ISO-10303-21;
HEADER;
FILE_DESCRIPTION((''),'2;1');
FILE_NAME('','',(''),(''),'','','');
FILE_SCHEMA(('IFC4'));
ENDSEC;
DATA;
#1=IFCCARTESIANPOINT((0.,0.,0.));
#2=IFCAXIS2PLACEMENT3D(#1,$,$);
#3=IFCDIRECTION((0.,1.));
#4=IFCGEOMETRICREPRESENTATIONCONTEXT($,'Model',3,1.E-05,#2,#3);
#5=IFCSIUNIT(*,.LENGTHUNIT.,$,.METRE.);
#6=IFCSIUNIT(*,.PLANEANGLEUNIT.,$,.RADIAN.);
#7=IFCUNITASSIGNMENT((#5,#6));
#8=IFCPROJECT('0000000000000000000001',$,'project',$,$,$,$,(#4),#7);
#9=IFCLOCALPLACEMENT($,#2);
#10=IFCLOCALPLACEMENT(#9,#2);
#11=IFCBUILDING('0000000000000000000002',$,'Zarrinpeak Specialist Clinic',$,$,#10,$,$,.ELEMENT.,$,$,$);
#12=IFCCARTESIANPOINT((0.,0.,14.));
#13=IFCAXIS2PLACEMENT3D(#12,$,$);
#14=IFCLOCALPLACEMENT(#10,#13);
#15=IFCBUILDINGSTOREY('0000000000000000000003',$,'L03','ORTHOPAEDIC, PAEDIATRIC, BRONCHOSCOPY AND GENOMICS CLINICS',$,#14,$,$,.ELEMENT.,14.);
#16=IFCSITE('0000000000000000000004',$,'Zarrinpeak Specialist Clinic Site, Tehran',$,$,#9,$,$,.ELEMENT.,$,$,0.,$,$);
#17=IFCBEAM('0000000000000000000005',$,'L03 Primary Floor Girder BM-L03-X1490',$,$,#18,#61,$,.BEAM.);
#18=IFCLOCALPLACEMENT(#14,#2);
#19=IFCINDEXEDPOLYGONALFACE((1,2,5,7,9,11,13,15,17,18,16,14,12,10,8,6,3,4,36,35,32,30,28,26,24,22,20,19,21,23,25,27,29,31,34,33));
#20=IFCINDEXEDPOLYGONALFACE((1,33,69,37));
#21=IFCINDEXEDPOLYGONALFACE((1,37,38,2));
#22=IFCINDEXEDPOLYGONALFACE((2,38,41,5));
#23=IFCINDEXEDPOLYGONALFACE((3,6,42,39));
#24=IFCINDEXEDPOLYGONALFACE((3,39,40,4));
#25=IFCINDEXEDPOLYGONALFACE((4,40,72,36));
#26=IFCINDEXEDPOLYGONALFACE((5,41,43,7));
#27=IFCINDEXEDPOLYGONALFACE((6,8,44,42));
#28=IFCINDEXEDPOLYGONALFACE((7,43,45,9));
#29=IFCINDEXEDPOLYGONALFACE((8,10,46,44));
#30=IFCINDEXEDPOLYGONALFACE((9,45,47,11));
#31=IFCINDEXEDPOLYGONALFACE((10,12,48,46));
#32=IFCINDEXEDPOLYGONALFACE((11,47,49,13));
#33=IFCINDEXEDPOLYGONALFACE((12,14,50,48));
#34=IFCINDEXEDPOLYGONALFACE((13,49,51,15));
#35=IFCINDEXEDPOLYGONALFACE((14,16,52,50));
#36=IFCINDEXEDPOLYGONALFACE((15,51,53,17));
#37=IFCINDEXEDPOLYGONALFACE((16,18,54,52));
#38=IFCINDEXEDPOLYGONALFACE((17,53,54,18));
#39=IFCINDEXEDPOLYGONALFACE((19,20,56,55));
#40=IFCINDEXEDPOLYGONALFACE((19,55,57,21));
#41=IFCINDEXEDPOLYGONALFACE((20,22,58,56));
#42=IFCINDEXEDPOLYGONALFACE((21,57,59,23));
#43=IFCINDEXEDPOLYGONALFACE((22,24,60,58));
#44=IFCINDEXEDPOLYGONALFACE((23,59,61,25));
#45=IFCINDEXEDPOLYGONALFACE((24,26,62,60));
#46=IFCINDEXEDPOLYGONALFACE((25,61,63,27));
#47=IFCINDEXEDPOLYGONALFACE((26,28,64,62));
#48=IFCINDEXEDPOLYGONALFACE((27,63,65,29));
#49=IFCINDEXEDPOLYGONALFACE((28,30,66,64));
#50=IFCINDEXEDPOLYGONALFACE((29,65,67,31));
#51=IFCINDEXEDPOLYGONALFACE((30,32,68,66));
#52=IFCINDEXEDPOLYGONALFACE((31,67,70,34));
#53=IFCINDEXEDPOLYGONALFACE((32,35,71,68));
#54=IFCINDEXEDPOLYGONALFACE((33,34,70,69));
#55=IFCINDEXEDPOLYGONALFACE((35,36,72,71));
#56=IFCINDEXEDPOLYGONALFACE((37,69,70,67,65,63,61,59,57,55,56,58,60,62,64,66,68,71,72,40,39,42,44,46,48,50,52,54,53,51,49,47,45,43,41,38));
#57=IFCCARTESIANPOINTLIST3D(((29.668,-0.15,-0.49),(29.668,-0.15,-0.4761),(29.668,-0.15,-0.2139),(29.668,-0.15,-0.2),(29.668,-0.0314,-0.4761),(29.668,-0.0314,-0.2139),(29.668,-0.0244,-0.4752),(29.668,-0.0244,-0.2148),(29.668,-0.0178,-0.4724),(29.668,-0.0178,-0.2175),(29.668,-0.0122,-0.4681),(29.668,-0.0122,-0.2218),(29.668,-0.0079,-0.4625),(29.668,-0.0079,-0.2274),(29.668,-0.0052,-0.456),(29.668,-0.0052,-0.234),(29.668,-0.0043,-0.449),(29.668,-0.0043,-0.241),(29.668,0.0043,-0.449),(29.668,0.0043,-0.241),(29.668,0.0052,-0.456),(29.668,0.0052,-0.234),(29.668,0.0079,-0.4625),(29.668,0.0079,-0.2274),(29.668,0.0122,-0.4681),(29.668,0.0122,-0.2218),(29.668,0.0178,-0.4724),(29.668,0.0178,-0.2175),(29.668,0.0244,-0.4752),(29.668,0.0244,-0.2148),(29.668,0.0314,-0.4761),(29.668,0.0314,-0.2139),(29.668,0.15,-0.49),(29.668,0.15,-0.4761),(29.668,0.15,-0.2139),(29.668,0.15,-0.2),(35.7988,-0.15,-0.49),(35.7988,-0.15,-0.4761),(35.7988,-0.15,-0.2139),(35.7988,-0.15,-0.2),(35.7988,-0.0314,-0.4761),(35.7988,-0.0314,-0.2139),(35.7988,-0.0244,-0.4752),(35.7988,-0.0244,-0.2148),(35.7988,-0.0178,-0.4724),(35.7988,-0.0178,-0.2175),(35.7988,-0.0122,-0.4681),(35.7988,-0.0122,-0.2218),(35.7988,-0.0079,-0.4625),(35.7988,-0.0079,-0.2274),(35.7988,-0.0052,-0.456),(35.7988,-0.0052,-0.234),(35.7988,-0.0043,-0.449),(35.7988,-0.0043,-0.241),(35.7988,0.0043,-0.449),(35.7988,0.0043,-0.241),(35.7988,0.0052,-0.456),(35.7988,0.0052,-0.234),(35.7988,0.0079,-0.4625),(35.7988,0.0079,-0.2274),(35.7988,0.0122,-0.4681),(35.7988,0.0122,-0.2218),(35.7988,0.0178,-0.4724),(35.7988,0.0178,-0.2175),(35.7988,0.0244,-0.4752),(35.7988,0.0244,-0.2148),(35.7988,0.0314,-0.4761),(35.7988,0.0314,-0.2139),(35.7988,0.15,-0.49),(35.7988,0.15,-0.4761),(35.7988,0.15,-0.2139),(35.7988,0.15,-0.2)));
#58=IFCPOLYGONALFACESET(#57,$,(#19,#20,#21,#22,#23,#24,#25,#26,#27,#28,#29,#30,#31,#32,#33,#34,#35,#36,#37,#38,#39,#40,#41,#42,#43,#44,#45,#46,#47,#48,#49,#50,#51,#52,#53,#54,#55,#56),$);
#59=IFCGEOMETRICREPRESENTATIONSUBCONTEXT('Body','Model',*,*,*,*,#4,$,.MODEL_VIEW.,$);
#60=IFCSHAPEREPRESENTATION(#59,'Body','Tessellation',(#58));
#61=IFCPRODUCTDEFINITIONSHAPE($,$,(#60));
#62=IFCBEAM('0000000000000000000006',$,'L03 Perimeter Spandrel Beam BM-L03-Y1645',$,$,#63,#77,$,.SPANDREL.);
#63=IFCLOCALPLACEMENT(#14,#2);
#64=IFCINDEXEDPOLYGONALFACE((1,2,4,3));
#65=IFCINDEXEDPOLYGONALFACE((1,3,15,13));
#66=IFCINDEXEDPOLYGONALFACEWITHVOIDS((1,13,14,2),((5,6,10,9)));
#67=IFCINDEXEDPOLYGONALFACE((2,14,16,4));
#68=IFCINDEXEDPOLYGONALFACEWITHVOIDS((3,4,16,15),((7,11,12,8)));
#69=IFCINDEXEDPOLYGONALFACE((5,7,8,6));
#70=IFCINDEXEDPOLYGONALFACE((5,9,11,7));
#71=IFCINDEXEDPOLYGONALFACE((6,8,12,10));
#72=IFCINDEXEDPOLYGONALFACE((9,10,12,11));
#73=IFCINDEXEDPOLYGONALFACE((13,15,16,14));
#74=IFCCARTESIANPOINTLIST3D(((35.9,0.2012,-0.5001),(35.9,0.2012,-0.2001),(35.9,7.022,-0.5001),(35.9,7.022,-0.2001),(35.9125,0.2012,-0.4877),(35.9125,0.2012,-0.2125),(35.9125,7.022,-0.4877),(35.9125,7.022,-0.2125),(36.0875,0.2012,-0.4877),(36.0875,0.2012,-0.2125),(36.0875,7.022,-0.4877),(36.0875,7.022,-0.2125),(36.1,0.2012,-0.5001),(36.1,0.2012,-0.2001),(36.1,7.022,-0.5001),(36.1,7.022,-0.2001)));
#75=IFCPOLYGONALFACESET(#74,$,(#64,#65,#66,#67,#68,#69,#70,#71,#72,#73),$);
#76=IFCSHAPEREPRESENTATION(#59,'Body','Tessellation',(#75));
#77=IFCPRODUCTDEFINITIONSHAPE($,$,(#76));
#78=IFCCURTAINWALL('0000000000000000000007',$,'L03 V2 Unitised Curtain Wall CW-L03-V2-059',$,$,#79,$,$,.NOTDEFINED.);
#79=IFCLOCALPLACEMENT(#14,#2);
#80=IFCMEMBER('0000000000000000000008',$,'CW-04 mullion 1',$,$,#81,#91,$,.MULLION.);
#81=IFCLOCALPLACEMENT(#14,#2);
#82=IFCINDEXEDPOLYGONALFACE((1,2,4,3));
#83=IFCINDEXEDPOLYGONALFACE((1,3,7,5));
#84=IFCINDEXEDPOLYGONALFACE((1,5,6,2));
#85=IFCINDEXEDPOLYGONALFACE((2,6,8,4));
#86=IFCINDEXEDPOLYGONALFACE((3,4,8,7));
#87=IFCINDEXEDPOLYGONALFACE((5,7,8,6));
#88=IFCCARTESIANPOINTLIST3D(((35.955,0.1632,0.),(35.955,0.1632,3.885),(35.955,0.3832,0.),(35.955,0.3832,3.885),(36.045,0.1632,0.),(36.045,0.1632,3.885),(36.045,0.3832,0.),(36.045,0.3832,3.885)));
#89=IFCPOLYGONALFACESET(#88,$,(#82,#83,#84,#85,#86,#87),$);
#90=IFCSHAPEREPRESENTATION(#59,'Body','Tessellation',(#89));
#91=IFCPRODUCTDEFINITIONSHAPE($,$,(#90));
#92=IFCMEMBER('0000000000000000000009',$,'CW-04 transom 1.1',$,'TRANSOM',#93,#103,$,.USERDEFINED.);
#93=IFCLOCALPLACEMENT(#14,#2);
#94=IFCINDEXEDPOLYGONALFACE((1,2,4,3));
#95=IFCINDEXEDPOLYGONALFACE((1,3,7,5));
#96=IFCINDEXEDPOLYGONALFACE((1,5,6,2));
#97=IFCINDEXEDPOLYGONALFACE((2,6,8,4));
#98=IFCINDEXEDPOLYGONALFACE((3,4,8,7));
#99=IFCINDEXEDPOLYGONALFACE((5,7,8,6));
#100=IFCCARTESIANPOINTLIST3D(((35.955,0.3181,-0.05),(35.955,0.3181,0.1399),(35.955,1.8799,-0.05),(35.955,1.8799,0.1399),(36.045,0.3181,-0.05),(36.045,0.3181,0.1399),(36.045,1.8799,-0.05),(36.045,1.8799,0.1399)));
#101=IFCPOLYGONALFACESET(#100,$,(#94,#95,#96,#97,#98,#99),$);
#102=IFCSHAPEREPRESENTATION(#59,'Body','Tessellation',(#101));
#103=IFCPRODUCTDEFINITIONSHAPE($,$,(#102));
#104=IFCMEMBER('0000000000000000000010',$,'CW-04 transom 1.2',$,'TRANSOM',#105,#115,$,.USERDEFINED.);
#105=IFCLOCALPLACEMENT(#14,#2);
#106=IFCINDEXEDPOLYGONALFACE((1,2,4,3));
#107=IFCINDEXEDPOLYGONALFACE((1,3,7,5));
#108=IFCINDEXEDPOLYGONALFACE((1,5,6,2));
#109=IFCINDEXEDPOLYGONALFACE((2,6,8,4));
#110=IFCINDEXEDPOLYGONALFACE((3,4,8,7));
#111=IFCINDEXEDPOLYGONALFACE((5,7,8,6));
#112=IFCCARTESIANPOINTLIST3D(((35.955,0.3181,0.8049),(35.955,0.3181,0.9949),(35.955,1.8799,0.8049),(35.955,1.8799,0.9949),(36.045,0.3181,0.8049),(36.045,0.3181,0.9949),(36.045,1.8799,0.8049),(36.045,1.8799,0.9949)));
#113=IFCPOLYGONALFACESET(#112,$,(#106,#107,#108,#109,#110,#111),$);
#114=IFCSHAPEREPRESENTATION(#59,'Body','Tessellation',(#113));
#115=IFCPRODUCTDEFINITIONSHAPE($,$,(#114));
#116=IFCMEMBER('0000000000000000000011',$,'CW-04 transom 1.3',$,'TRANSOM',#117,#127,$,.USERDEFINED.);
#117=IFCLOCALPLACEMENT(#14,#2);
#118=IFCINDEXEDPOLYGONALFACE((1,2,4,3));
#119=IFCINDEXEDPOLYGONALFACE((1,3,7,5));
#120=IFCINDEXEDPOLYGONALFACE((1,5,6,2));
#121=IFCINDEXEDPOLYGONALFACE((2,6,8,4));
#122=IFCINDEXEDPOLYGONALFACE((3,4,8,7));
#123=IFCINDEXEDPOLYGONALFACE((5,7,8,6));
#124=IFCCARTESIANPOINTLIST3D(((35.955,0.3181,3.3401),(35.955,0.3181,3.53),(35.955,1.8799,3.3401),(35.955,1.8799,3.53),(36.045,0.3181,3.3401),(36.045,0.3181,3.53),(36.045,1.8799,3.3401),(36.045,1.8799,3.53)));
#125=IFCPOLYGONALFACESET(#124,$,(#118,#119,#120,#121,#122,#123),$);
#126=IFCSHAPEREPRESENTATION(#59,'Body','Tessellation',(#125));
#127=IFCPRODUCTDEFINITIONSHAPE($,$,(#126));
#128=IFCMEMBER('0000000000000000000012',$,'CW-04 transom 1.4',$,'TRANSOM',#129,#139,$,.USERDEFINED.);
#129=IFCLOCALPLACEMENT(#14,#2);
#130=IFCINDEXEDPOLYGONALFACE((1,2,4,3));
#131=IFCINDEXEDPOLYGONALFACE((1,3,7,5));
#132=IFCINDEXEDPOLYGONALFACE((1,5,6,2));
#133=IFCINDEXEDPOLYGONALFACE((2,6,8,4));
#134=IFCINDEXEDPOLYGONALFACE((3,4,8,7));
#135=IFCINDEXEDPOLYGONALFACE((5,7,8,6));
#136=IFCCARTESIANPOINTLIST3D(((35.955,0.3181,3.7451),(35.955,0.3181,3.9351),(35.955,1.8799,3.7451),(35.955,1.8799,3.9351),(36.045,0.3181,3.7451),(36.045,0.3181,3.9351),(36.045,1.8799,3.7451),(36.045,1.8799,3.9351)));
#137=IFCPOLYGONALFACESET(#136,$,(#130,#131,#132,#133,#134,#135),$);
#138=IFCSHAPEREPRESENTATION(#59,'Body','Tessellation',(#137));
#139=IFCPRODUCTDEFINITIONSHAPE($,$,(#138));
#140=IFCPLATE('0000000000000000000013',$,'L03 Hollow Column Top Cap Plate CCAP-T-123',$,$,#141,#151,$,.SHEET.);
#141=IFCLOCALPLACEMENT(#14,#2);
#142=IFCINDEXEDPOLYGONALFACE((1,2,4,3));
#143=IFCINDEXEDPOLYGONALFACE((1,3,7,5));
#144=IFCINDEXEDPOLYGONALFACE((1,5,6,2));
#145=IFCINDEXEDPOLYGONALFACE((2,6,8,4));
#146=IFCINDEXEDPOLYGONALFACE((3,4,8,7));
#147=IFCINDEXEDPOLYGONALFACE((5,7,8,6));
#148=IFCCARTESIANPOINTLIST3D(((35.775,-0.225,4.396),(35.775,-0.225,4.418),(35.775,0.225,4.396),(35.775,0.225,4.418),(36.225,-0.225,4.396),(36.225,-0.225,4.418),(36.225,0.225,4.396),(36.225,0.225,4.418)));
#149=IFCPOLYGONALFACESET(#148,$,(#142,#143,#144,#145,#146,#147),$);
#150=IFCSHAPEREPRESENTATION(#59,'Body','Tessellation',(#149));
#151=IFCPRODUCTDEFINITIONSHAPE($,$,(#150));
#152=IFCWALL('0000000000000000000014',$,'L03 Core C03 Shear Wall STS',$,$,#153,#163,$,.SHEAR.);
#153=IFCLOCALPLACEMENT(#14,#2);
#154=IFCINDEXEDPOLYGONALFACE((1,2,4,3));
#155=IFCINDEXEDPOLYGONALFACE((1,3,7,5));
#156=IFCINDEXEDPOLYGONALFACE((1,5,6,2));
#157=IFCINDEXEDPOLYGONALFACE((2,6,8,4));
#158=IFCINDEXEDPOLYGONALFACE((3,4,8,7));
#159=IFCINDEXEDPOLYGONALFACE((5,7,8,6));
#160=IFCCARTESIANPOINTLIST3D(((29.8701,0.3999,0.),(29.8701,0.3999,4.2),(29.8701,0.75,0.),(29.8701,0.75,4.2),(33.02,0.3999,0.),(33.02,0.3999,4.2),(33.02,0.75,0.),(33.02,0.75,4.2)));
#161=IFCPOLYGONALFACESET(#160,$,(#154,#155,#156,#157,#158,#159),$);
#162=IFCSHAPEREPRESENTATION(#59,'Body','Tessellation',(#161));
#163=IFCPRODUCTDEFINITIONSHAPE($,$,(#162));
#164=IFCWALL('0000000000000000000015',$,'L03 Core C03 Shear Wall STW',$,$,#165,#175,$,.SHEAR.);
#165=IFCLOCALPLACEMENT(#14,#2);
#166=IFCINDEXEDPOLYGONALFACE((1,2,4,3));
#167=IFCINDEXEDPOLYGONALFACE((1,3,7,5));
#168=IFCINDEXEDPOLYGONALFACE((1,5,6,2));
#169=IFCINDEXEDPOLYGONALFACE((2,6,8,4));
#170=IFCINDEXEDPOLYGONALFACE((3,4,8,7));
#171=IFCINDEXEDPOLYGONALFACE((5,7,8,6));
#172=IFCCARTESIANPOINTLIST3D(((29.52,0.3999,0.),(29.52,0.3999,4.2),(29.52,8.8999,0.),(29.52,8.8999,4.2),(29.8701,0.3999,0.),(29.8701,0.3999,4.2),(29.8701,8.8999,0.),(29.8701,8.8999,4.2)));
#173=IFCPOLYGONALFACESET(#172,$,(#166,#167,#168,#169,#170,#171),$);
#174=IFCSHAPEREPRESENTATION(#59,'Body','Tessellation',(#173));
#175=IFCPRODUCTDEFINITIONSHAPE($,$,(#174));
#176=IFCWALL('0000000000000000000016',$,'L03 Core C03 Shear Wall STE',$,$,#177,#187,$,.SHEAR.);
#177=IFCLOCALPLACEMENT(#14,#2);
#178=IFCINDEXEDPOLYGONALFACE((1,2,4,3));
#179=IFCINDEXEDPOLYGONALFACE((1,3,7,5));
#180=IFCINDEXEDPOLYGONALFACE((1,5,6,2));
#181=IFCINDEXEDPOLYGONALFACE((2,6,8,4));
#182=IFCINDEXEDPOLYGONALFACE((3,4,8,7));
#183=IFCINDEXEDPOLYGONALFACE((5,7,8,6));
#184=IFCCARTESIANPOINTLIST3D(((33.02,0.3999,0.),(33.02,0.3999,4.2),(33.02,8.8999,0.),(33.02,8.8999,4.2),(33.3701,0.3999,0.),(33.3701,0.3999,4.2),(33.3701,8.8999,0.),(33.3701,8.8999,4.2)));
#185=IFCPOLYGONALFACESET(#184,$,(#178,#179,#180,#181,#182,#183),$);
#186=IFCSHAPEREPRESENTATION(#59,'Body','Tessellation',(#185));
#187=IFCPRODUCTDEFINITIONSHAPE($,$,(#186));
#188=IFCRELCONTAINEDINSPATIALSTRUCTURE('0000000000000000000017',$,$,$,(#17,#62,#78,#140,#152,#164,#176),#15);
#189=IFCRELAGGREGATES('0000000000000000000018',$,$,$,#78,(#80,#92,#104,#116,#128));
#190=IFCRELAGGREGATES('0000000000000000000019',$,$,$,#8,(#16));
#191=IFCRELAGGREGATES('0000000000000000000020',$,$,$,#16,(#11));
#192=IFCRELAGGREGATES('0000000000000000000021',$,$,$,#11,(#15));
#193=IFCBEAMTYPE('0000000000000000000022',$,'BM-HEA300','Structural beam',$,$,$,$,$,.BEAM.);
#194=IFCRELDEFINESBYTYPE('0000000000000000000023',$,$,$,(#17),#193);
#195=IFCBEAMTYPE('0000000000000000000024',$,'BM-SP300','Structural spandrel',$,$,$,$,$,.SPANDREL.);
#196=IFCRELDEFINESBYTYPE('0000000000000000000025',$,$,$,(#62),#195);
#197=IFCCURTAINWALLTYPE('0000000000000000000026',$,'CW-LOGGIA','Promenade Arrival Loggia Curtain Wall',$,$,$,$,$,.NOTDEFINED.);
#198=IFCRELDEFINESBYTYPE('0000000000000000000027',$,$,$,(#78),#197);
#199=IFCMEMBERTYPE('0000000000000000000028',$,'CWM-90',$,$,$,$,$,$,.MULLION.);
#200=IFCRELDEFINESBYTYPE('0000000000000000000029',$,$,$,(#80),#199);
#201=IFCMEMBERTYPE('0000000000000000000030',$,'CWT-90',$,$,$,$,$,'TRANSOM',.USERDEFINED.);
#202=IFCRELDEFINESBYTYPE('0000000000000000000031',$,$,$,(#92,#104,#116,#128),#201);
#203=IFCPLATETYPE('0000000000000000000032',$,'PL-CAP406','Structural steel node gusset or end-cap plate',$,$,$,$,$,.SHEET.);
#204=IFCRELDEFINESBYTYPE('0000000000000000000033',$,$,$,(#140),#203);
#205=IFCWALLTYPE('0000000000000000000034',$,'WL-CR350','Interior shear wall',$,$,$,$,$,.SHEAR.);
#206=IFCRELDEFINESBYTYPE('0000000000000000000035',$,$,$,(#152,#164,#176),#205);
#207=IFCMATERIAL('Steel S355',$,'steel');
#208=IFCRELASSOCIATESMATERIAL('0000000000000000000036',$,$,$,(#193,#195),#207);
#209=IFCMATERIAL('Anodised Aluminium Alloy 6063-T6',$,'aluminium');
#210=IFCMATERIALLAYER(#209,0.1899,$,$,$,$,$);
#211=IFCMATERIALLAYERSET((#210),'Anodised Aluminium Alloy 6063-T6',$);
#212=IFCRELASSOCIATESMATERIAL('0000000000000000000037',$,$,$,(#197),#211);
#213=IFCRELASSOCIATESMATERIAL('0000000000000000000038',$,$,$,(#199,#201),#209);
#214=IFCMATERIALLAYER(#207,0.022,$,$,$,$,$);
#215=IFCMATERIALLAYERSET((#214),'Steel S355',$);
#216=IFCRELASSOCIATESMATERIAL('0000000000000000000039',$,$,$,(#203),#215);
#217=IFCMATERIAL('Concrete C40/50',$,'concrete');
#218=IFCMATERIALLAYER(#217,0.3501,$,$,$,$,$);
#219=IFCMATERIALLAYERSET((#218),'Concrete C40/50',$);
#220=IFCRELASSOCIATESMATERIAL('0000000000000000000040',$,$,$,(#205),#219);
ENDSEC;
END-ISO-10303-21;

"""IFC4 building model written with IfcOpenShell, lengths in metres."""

from ifc_helpers import new_model, si_unit, direction, frame, frame_2d, origin, origin_2d, place, context, subcontext, project, spatial, rectangle, hollow_rectangle, i_section, extrude, material, layer, layer_set, material_profile, profile_set, type_object, element, aggregate, save


model = new_model("IFC4")

# Units and contexts
model_context = context("Model", 3, precision=1e-05, world=origin(), true_north=direction((0.0, 1.0)))
body_context = subcontext(model_context, "Body", "Model", "MODEL_VIEW")
ifc_project = project(units=[si_unit("LENGTHUNIT", "METRE"), si_unit("PLANEANGLEUNIT", "RADIAN")], contexts=[model_context])

# Site, building, storey
site_placement = place(None, origin())
site = spatial("IfcSite", under=ifc_project, at=site_placement, Name="Zarrinpeak Specialist Clinic Site, Tehran", CompositionType="ELEMENT", RefElevation=0.0)
building_placement = place(site_placement, origin())
building = spatial("IfcBuilding", under=site, at=building_placement, Name="Zarrinpeak Specialist Clinic", CompositionType="ELEMENT")
storey_placement = place(building_placement, frame((0.0, 0.0, 14.0)))
storey = spatial("IfcBuildingStorey", under=building, at=storey_placement, Name="L03", Description="ORTHOPAEDIC, PAEDIATRIC, BRONCHOSCOPY AND GENOMICS CLINICS", CompositionType="ELEMENT", Elevation=14.0)

# Shared definitions
ifc_material_1 = material(Name="Steel S355", Category="steel")

# Beams
ifc_material_profile_1 = material_profile(ifc_material_1, i_section(OverallWidth=0.3, OverallDepth=0.29, WebThickness=0.0085, FlangeThickness=0.0139, FilletRadius=0.0271, at=origin_2d()), Name="HEA 300")
ifc_profile_set_1 = profile_set([ifc_material_profile_1], Name="Steel S355")
beam_type_1 = type_object("IfcBeamType", Name="BM-HEA300", Description="Structural beam", PredefinedType="BEAM", material=ifc_profile_set_1)
beam_1_placement = place(storey_placement, frame((29.668, 0.0, -0.345), z_axis=(1.0, 0.0, 0.0), x_axis=(0.0, 1.0, 0.0)))
element("IfcBeam", 1, at=beam_1_placement, inside=storey, type_object=beam_type_1, Name="L03 Primary Floor Girder BM-L03-X1490", PredefinedType="BEAM", context=body_context, shape_type="SweptSolid", body=[
    extrude(i_section(OverallWidth=0.3, OverallDepth=0.29, WebThickness=0.0085, FlangeThickness=0.0139, FilletRadius=0.0271, at=origin_2d()), origin(), (0.0, 0.0, 1.0), 6.1309),
])
ifc_material_profile_2 = material_profile(ifc_material_1, hollow_rectangle(XDim=0.2, YDim=0.3, WallThickness=0.0125, at=origin_2d()), Name="RHS 300x200x12.5")
ifc_profile_set_2 = profile_set([ifc_material_profile_2], Name="Steel S355")
beam_type_2 = type_object("IfcBeamType", Name="BM-SP300", Description="Structural spandrel", PredefinedType="SPANDREL", material=ifc_profile_set_2)
beam_2_placement = place(storey_placement, frame((36.0, 0.2012, -0.3501), z_axis=(0.0, 1.0, 0.0), x_axis=(-1.0, 0.0, 0.0)))
element("IfcBeam", 2, at=beam_2_placement, inside=storey, type_object=beam_type_2, Name="L03 Perimeter Spandrel Beam BM-L03-Y1645", PredefinedType="SPANDREL", context=body_context, shape_type="SweptSolid", body=[
    extrude(hollow_rectangle(XDim=0.2, YDim=0.3, WallThickness=0.0125, at=origin_2d()), origin(), (0.0, 0.0, 1.0), 6.8208),
])

# Curtain wall, members
ifc_material_2 = material(Name="Anodised Aluminium Alloy 6063-T6", Category="aluminium")
ifc_layer_1 = layer(ifc_material_2, 0.1899)
ifc_layer_set_1 = layer_set([ifc_layer_1], Name="Anodised Aluminium Alloy 6063-T6")
curtain_wall_type = type_object("IfcCurtainWallType", Name="CW-LOGGIA", Description="Promenade Arrival Loggia Curtain Wall", PredefinedType="NOTDEFINED", material=ifc_layer_set_1)
curtain_wall_placement = place(storey_placement, origin())
curtain_wall = element("IfcCurtainWall", 3, at=curtain_wall_placement, inside=storey, type_object=curtain_wall_type, Name="L03 V2 Unitised Curtain Wall CW-L03-V2-059", PredefinedType="NOTDEFINED")
ifc_material_profile_3 = material_profile(ifc_material_2, rectangle(XDim=0.0901, YDim=0.22, at=origin_2d()), Name="ALU 90x220")
ifc_profile_set_3 = profile_set([ifc_material_profile_3], Name="Anodised Aluminium Alloy 6063-T6")
member_type_1 = type_object("IfcMemberType", Name="CWM-90", PredefinedType="MULLION", material=ifc_profile_set_3)
member_1_placement = place(storey_placement, frame((36.0, 0.2732, 0.0), z_axis=(0.0, 0.0, 1.0), x_axis=(-1.0, 0.0, 0.0)))
member_1 = element("IfcMember", 4, at=member_1_placement, type_object=member_type_1, Name="CW-04 mullion 1", PredefinedType="MULLION", context=body_context, shape_type="SweptSolid", body=[
    extrude(rectangle(XDim=0.0901, YDim=0.22, at=origin_2d()), origin(), (0.0, 0.0, 1.0), 3.885),
])
ifc_material_profile_4 = material_profile(ifc_material_2, rectangle(XDim=0.0901, YDim=0.1899, at=origin_2d()), Name="ALU 90x190")
ifc_profile_set_4 = profile_set([ifc_material_profile_4], Name="Anodised Aluminium Alloy 6063-T6")
member_type_2 = type_object("IfcMemberType", Name="CWT-90", ElementType="TRANSOM", PredefinedType="USERDEFINED", material=ifc_profile_set_4)
member_2_placement = place(storey_placement, frame((36.0, 0.3181, 0.0449), z_axis=(0.0, 1.0, 0.0), x_axis=(-1.0, 0.0, 0.0)))
member_2 = element("IfcMember", 5, at=member_2_placement, type_object=member_type_2, Name="CW-04 transom 1.1", ObjectType="TRANSOM", PredefinedType="USERDEFINED", context=body_context, shape_type="SweptSolid", body=[
    extrude(rectangle(XDim=0.0901, YDim=0.1899, at=origin_2d()), origin(), (0.0, 0.0, 1.0), 1.5618),
])
member_3_placement = place(storey_placement, frame((36.0, 0.3181, 0.8999), z_axis=(0.0, 1.0, 0.0), x_axis=(-1.0, 0.0, 0.0)))
member_3 = element("IfcMember", 6, at=member_3_placement, type_object=member_type_2, Name="CW-04 transom 1.2", ObjectType="TRANSOM", PredefinedType="USERDEFINED", context=body_context, shape_type="SweptSolid", body=[
    extrude(rectangle(XDim=0.0901, YDim=0.1899, at=origin_2d()), origin(), (0.0, 0.0, 1.0), 1.5618),
])
member_4_placement = place(storey_placement, frame((36.0, 0.3181, 3.4351), z_axis=(0.0, 1.0, 0.0), x_axis=(-1.0, 0.0, 0.0)))
member_4 = element("IfcMember", 7, at=member_4_placement, type_object=member_type_2, Name="CW-04 transom 1.3", ObjectType="TRANSOM", PredefinedType="USERDEFINED", context=body_context, shape_type="SweptSolid", body=[
    extrude(rectangle(XDim=0.0901, YDim=0.1899, at=origin_2d()), origin(), (0.0, 0.0, 1.0), 1.5618),
])
member_5_placement = place(storey_placement, frame((36.0, 0.3181, 3.8401), z_axis=(0.0, 1.0, 0.0), x_axis=(-1.0, 0.0, 0.0)))
member_5 = element("IfcMember", 8, at=member_5_placement, type_object=member_type_2, Name="CW-04 transom 1.4", ObjectType="TRANSOM", PredefinedType="USERDEFINED", context=body_context, shape_type="SweptSolid", body=[
    extrude(rectangle(XDim=0.0901, YDim=0.1899, at=origin_2d()), origin(), (0.0, 0.0, 1.0), 1.5618),
])
aggregate(curtain_wall, [member_1, member_2, member_3, member_4, member_5])

# Plate
ifc_layer_2 = layer(ifc_material_1, 0.022)
ifc_layer_set_2 = layer_set([ifc_layer_2], Name="Steel S355")
plate_type = type_object("IfcPlateType", Name="PL-CAP406", Description="Structural steel node gusset or end-cap plate", PredefinedType="SHEET", material=ifc_layer_set_2)
plate_placement = place(storey_placement, frame((36.0, 0.0, 4.396), z_axis=(0.0, 0.0, 1.0), x_axis=(1.0, 0.0, 0.0)))
element("IfcPlate", 9, at=plate_placement, inside=storey, type_object=plate_type, Name="L03 Hollow Column Top Cap Plate CCAP-T-123", PredefinedType="SHEET", context=body_context, shape_type="SweptSolid", body=[
    extrude(rectangle(XDim=0.45, YDim=0.45, at=origin_2d()), origin(), (0.0, 0.0, 1.0), 0.022),
])

# Walls
ifc_material_3 = material(Name="Concrete C40/50", Category="concrete")
ifc_layer_3 = layer(ifc_material_3, 0.3501)
ifc_layer_set_3 = layer_set([ifc_layer_3], Name="Concrete C40/50")
wall_type_1 = type_object("IfcWallType", Name="WL-CR350", Description="Interior shear wall", PredefinedType="SHEAR", material=ifc_layer_set_3)
wall_1_placement = place(storey_placement, frame((29.8701, 0.575, 0.0), z_axis=(0.0, 0.0, 1.0), x_axis=(1.0, 0.0, 0.0)))
element("IfcWall", 10, at=wall_1_placement, inside=storey, type_object=wall_type_1, Name="L03 Core C03 Shear Wall STS", PredefinedType="SHEAR", context=body_context, shape_type="SweptSolid", body=[
    extrude(rectangle(XDim=3.1499, YDim=0.3501, at=frame_2d((1.575, 0.0))), origin(), (0.0, 0.0, 1.0), 4.2),
])
for number, where, z_axis, x_axis, name in (
    (11, (29.6951, 0.3999, 0.0), (0.0, 0.0, 1.0), (0.0, 1.0, 0.0), "L03 Core C03 Shear Wall STW"),
    (12, (33.1951, 0.3999, 0.0), (0.0, 0.0, 1.0), (0.0, 1.0, 0.0), "L03 Core C03 Shear Wall STE"),
):
    element("IfcWall", number, at=place(storey_placement, frame(where, z_axis=z_axis, x_axis=x_axis)), inside=storey, type_object=wall_type_1, Name=name, PredefinedType="SHEAR", context=body_context, shape_type="SweptSolid", body=[
        extrude(rectangle(XDim=8.5, YDim=0.3501, at=frame_2d((4.25, 0.0))), origin(), (0.0, 0.0, 1.0), 4.2),
    ])

save(model, "model.ifc")
